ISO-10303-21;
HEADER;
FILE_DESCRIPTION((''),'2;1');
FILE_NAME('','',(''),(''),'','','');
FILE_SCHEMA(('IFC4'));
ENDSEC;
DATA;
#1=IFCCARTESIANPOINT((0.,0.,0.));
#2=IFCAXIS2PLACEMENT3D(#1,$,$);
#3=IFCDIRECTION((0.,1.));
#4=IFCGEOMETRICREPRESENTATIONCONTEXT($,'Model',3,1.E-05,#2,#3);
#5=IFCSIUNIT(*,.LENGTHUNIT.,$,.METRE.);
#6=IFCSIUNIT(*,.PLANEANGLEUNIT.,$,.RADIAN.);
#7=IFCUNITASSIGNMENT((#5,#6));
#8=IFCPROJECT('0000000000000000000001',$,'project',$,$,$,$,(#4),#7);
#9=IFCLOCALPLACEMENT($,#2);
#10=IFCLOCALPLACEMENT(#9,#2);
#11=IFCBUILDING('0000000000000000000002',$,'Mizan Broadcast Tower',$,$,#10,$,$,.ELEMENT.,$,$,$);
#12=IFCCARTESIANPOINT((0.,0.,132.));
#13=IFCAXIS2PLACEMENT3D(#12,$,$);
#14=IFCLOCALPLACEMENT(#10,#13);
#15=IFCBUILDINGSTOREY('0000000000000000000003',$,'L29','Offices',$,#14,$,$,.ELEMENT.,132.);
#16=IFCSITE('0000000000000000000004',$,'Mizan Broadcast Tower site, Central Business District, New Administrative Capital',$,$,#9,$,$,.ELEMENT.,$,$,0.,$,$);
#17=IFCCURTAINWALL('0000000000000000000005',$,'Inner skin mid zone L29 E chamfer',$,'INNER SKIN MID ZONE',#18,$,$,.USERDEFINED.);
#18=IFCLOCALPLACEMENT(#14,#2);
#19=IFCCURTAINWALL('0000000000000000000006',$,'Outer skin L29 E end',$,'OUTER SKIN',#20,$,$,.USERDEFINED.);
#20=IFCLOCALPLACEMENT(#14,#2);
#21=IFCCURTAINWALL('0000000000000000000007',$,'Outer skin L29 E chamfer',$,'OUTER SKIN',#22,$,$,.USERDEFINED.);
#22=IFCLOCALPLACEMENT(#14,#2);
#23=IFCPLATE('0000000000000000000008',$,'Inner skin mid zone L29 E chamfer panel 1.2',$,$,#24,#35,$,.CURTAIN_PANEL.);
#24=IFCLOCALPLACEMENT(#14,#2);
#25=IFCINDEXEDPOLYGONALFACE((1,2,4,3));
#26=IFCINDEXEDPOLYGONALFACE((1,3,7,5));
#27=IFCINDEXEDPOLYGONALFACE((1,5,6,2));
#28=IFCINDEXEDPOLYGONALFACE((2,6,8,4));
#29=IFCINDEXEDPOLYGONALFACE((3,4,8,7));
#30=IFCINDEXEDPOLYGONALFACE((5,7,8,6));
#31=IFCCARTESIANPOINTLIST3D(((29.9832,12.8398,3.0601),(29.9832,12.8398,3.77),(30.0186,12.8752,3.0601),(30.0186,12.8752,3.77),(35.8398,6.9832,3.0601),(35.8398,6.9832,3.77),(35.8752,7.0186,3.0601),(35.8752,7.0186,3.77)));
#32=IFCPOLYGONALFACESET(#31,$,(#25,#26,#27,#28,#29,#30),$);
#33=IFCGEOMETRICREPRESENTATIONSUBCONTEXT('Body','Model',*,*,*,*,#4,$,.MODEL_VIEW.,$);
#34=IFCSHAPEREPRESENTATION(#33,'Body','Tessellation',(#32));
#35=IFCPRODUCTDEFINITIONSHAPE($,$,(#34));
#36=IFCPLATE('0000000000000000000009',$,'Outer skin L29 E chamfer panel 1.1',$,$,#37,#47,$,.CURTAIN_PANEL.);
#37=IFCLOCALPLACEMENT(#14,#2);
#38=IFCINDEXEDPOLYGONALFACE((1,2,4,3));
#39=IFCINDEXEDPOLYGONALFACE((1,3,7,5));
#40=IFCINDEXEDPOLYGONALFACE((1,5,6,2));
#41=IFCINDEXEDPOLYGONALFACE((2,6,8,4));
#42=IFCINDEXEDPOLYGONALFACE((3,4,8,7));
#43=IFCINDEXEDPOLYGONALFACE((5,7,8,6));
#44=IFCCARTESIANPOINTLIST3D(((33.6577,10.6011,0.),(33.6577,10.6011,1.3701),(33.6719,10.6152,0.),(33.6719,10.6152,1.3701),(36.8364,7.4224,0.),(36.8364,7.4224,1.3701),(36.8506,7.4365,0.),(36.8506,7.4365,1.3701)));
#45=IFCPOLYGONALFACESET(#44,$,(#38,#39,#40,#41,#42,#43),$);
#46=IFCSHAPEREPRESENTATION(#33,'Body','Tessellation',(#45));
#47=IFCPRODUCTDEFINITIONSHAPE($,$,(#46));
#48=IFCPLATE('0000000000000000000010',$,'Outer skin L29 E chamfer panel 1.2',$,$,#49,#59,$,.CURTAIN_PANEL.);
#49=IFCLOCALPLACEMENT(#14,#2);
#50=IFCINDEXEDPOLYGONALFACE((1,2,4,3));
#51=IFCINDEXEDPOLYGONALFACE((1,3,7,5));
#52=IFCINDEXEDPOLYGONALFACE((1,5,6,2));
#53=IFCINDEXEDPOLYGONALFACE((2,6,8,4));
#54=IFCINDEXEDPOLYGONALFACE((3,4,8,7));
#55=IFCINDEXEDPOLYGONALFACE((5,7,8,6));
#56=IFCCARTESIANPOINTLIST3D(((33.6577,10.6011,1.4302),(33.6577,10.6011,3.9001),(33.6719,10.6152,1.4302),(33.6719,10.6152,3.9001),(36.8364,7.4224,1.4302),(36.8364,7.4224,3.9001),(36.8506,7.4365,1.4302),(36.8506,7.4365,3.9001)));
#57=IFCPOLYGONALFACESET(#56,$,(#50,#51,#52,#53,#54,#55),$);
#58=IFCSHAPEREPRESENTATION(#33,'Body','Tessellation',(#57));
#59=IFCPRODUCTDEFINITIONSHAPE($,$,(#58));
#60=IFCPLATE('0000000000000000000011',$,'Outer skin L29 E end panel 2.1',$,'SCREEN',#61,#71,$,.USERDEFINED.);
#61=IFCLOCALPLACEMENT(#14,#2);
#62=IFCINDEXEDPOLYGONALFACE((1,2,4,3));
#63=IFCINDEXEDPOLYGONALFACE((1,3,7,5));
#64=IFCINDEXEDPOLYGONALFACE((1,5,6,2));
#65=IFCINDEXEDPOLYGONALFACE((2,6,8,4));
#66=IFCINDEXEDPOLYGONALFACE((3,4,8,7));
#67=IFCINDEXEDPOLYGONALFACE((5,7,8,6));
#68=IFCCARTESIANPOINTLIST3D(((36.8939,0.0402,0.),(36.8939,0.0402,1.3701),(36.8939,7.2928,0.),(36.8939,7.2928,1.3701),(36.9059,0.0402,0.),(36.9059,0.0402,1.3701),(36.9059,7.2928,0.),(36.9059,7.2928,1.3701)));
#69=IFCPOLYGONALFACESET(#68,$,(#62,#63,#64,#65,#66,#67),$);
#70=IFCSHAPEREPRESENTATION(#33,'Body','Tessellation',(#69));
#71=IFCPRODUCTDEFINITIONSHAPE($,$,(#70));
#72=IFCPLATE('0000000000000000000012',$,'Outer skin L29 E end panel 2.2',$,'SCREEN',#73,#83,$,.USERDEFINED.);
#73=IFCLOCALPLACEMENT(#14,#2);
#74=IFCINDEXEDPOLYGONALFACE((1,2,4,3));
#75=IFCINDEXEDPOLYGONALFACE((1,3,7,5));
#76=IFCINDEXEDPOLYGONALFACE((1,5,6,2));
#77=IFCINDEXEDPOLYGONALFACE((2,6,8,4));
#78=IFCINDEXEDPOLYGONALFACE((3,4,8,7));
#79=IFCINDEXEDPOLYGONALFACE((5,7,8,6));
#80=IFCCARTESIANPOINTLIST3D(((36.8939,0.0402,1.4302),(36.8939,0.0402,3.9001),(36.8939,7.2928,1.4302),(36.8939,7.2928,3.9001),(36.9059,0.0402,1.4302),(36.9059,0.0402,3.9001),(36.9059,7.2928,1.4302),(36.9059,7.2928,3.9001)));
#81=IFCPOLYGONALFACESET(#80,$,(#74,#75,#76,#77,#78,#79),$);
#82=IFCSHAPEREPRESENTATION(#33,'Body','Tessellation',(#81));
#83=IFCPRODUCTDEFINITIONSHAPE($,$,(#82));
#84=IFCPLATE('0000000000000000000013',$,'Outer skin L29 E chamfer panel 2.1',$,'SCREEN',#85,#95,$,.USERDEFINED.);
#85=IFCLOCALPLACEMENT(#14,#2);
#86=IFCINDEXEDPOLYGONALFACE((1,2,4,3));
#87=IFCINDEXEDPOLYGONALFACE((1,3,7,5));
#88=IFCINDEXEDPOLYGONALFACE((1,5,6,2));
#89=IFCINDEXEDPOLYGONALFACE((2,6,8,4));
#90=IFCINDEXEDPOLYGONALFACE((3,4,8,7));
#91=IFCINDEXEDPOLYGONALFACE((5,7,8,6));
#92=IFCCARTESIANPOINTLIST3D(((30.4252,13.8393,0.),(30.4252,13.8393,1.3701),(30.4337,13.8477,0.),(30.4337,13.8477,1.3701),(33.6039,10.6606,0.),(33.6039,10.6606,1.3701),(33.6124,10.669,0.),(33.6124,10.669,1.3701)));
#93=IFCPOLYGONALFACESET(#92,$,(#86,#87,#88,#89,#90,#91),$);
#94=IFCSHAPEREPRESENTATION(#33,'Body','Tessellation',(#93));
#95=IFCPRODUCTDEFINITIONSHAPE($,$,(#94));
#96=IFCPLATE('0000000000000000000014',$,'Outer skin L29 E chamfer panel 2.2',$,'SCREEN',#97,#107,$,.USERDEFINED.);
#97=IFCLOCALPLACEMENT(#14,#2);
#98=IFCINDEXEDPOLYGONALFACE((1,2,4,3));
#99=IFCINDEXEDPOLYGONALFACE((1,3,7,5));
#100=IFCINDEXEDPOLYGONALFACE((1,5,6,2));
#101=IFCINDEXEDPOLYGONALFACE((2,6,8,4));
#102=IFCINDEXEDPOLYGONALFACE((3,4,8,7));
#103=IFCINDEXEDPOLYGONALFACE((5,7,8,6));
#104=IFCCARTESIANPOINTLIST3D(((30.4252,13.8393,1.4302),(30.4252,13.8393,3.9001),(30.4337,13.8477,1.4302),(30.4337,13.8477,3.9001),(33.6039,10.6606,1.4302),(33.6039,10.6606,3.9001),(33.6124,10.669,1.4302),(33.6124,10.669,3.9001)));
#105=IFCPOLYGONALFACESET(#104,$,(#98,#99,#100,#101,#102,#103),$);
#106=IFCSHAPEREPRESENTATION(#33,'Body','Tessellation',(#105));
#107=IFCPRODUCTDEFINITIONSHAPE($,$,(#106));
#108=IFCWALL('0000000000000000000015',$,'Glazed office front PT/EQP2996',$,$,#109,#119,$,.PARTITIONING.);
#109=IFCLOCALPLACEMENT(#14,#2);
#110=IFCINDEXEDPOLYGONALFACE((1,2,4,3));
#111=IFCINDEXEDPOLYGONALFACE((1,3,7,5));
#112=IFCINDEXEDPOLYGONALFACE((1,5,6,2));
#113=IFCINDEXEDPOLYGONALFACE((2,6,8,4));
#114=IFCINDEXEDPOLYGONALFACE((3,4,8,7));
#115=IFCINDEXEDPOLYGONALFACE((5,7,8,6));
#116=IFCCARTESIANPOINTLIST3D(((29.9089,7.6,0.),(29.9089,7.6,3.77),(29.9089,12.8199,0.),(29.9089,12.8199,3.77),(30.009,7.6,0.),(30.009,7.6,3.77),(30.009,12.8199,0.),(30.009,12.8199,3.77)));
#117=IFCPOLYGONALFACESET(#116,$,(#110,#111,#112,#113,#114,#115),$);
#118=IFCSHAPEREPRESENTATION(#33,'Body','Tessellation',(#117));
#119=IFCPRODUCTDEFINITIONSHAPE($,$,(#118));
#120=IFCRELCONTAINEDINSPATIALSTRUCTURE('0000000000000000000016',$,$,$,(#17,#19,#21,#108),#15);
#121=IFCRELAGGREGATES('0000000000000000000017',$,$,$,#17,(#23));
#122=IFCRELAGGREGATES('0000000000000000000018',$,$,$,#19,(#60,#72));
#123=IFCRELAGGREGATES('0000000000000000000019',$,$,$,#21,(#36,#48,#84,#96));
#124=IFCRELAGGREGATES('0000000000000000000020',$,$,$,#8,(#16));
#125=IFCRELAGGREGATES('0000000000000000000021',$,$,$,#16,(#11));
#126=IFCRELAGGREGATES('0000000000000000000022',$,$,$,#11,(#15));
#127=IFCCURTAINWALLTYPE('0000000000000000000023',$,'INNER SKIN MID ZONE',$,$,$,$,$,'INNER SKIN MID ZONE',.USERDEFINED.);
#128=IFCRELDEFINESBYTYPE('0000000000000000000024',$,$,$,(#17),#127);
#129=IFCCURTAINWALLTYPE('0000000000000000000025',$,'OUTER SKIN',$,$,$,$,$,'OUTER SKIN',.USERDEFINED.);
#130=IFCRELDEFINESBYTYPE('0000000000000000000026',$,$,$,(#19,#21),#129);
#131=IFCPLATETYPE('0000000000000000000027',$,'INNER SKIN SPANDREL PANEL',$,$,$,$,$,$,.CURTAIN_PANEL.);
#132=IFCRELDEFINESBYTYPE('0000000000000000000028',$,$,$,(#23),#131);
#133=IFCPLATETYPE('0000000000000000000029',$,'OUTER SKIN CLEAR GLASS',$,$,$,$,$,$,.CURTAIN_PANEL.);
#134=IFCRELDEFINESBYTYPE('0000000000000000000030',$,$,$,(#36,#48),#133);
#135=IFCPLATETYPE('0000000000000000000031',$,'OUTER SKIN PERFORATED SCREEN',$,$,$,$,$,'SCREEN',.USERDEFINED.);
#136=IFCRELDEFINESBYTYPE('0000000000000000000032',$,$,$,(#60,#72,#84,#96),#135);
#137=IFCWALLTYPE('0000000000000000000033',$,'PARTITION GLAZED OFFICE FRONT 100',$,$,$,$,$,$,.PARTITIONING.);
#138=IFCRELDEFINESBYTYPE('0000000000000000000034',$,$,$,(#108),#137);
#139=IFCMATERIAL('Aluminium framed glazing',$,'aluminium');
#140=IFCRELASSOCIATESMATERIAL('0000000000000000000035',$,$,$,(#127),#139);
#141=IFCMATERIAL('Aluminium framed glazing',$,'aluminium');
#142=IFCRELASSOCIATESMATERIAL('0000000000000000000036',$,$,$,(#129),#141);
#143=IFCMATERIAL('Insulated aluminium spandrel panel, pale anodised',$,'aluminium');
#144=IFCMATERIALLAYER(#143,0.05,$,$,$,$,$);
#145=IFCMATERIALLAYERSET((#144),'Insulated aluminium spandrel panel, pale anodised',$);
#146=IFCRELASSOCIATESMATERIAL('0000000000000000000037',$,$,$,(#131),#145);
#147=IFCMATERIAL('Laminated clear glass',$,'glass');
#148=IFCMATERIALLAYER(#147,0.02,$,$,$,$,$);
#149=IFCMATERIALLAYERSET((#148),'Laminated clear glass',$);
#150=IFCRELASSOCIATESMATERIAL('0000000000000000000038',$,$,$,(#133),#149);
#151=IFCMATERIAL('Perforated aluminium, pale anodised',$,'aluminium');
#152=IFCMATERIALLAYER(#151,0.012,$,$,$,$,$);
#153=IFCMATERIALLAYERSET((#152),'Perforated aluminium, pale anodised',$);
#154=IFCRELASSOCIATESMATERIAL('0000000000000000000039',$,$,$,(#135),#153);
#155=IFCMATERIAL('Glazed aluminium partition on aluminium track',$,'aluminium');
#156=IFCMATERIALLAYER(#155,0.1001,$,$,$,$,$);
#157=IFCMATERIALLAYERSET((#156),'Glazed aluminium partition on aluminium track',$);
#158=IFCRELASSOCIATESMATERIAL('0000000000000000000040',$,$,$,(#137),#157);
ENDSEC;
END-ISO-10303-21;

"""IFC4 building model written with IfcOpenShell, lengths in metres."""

from ifc_helpers import new_model, si_unit, direction, frame, frame_2d, origin, origin_2d, place, context, subcontext, project, spatial, rectangle, extrude, material, layer, layer_set, type_object, element, aggregate, save


model = new_model("IFC4")

# Units and contexts
model_context = context("Model", 3, precision=1e-05, world=origin(), true_north=direction((0.0, 1.0)))
body_context = subcontext(model_context, "Body", "Model", "MODEL_VIEW")
ifc_project = project(units=[si_unit("LENGTHUNIT", "METRE"), si_unit("PLANEANGLEUNIT", "RADIAN")], contexts=[model_context])

# Site, building, storey
site_placement = place(None, origin())
site = spatial("IfcSite", under=ifc_project, at=site_placement, Name="Mizan Broadcast Tower site, Central Business District, New Administrative Capital", CompositionType="ELEMENT", RefElevation=0.0)
building_placement = place(site_placement, origin())
building = spatial("IfcBuilding", under=site, at=building_placement, Name="Mizan Broadcast Tower", CompositionType="ELEMENT")
storey_placement = place(building_placement, frame((0.0, 0.0, 132.0)))
storey = spatial("IfcBuildingStorey", under=building, at=storey_placement, Name="L29", Description="Offices", CompositionType="ELEMENT", Elevation=132.0)

# Shared definitions
ifc_material_1 = material(Name="Aluminium framed glazing", Category="aluminium")
curtain_wall_type_1 = type_object("IfcCurtainWallType", Name="INNER SKIN MID ZONE", ElementType="INNER SKIN MID ZONE", PredefinedType="USERDEFINED", material=ifc_material_1)

# Curtain wall
curtain_wall_1_placement = place(storey_placement, origin())
curtain_wall_1 = element("IfcCurtainWall", 1, at=curtain_wall_1_placement, inside=storey, type_object=curtain_wall_type_1, Name="Inner skin mid zone L29 E chamfer", ObjectType="INNER SKIN MID ZONE", PredefinedType="USERDEFINED")

# Curtain walls
ifc_material_2 = material(Name="Aluminium framed glazing", Category="aluminium")
curtain_wall_type_2 = type_object("IfcCurtainWallType", Name="OUTER SKIN", ElementType="OUTER SKIN", PredefinedType="USERDEFINED", material=ifc_material_2)
curtain_wall_2_placement = place(storey_placement, origin())
curtain_wall_2 = element("IfcCurtainWall", 2, at=curtain_wall_2_placement, inside=storey, type_object=curtain_wall_type_2, Name="Outer skin L29 E end", ObjectType="OUTER SKIN", PredefinedType="USERDEFINED")
curtain_wall_3_placement = place(storey_placement, origin())
curtain_wall_3 = element("IfcCurtainWall", 3, at=curtain_wall_3_placement, inside=storey, type_object=curtain_wall_type_2, Name="Outer skin L29 E chamfer", ObjectType="OUTER SKIN", PredefinedType="USERDEFINED")

# Plates
ifc_material_3 = material(Name="Insulated aluminium spandrel panel, pale anodised", Category="aluminium")
ifc_layer_1 = layer(ifc_material_3, 0.05)
ifc_layer_set_1 = layer_set([ifc_layer_1], Name="Insulated aluminium spandrel panel, pale anodised")
plate_type_1 = type_object("IfcPlateType", Name="INNER SKIN SPANDREL PANEL", PredefinedType="CURTAIN_PANEL", material=ifc_layer_set_1)
plate_1_placement = place(storey_placement, frame((32.9292, 9.9292, 3.0601), z_axis=(0.0, 0.0, 1.0), x_axis=(-0.707107, 0.707107, 0.0)))
plate_1 = element("IfcPlate", 4, at=plate_1_placement, type_object=plate_type_1, Name="Inner skin mid zone L29 E chamfer panel 1.2", PredefinedType="CURTAIN_PANEL", context=body_context, shape_type="SweptSolid", body=[
    extrude(rectangle(XDim=8.2825, YDim=0.05, at=origin_2d()), origin(), (0.0, 0.0, 1.0), 0.71),
])
aggregate(curtain_wall_1, [plate_1])
ifc_material_4 = material(Name="Laminated clear glass", Category="glass")
ifc_layer_2 = layer(ifc_material_4, 0.02)
ifc_layer_set_2 = layer_set([ifc_layer_2], Name="Laminated clear glass")
plate_type_2 = type_object("IfcPlateType", Name="OUTER SKIN CLEAR GLASS", PredefinedType="CURTAIN_PANEL", material=ifc_layer_set_2)
plate_2_placement = place(storey_placement, frame((35.2542, 9.0188, 0.0), z_axis=(0.0, 0.0, 1.0), x_axis=(-0.707107, 0.707107, 0.0)))
plate_2 = element("IfcPlate", 5, at=plate_2_placement, type_object=plate_type_2, Name="Outer skin L29 E chamfer panel 1.1", PredefinedType="CURTAIN_PANEL", context=body_context, shape_type="SweptSolid", body=[
    extrude(rectangle(XDim=4.4954, YDim=0.02, at=origin_2d()), origin(), (0.0, 0.0, 1.0), 1.3701),
])
plate_3_placement = place(storey_placement, frame((35.2542, 9.0188, 1.4302), z_axis=(0.0, 0.0, 1.0), x_axis=(-0.707107, 0.707107, 0.0)))
plate_3 = element("IfcPlate", 6, at=plate_3_placement, type_object=plate_type_2, Name="Outer skin L29 E chamfer panel 1.2", PredefinedType="CURTAIN_PANEL", context=body_context, shape_type="SweptSolid", body=[
    extrude(rectangle(XDim=4.4954, YDim=0.02, at=origin_2d()), origin(), (0.0, 0.0, 1.0), 2.47),
])
ifc_material_5 = material(Name="Perforated aluminium, pale anodised", Category="aluminium")
ifc_layer_3 = layer(ifc_material_5, 0.012)
ifc_layer_set_3 = layer_set([ifc_layer_3], Name="Perforated aluminium, pale anodised")
plate_type_3 = type_object("IfcPlateType", Name="OUTER SKIN PERFORATED SCREEN", ElementType="SCREEN", PredefinedType="USERDEFINED", material=ifc_layer_set_3)
plate_4_placement = place(storey_placement, frame((36.8999, 3.6665, 0.0), z_axis=(0.0, 0.0, 1.0), x_axis=(0.0, 1.0, 0.0)))
plate_4 = element("IfcPlate", 7, at=plate_4_placement, type_object=plate_type_3, Name="Outer skin L29 E end panel 2.1", ObjectType="SCREEN", PredefinedType="USERDEFINED", context=body_context, shape_type="SweptSolid", body=[
    extrude(rectangle(XDim=7.2527, YDim=0.012, at=origin_2d()), origin(), (0.0, 0.0, 1.0), 1.3701),
])
plate_5_placement = place(storey_placement, frame((36.8999, 3.6665, 1.4302), z_axis=(0.0, 0.0, 1.0), x_axis=(0.0, 1.0, 0.0)))
plate_5 = element("IfcPlate", 8, at=plate_5_placement, type_object=plate_type_3, Name="Outer skin L29 E end panel 2.2", ObjectType="SCREEN", PredefinedType="USERDEFINED", context=body_context, shape_type="SweptSolid", body=[
    extrude(rectangle(XDim=7.2527, YDim=0.012, at=origin_2d()), origin(), (0.0, 0.0, 1.0), 2.47),
])
aggregate(curtain_wall_2, [plate_4, plate_5])
plate_6_placement = place(storey_placement, frame((32.0188, 12.2542, 0.0), z_axis=(0.0, 0.0, 1.0), x_axis=(-0.707107, 0.707107, 0.0)))
plate_6 = element("IfcPlate", 9, at=plate_6_placement, type_object=plate_type_3, Name="Outer skin L29 E chamfer panel 2.1", ObjectType="SCREEN", PredefinedType="USERDEFINED", context=body_context, shape_type="SweptSolid", body=[
    extrude(rectangle(XDim=4.4954, YDim=0.012, at=origin_2d()), origin(), (0.0, 0.0, 1.0), 1.3701),
])
plate_7_placement = place(storey_placement, frame((32.0188, 12.2542, 1.4302), z_axis=(0.0, 0.0, 1.0), x_axis=(-0.707107, 0.707107, 0.0)))
plate_7 = element("IfcPlate", 10, at=plate_7_placement, type_object=plate_type_3, Name="Outer skin L29 E chamfer panel 2.2", ObjectType="SCREEN", PredefinedType="USERDEFINED", context=body_context, shape_type="SweptSolid", body=[
    extrude(rectangle(XDim=4.4954, YDim=0.012, at=origin_2d()), origin(), (0.0, 0.0, 1.0), 2.47),
])
aggregate(curtain_wall_3, [plate_2, plate_3, plate_6, plate_7])

# Wall
ifc_material_6 = material(Name="Glazed aluminium partition on aluminium track", Category="aluminium")
ifc_layer_4 = layer(ifc_material_6, 0.1001)
ifc_layer_set_4 = layer_set([ifc_layer_4], Name="Glazed aluminium partition on aluminium track")
wall_type = type_object("IfcWallType", Name="PARTITION GLAZED OFFICE FRONT 100", PredefinedType="PARTITIONING", material=ifc_layer_set_4)
wall_placement = place(storey_placement, frame((29.959, 7.6001, 0.0), z_axis=(0.0, 0.0, 1.0), x_axis=(0.0, 1.0, 0.0)))
element("IfcWall", 11, at=wall_placement, inside=storey, type_object=wall_type, Name="Glazed office front PT/EQP2996", PredefinedType="PARTITIONING", context=body_context, shape_type="SweptSolid", body=[
    extrude(rectangle(XDim=5.22, YDim=0.1001, at=frame_2d((2.6099, 0.0))), origin(), (0.0, 0.0, 1.0), 3.77),
])

save(model, "model.ifc")
